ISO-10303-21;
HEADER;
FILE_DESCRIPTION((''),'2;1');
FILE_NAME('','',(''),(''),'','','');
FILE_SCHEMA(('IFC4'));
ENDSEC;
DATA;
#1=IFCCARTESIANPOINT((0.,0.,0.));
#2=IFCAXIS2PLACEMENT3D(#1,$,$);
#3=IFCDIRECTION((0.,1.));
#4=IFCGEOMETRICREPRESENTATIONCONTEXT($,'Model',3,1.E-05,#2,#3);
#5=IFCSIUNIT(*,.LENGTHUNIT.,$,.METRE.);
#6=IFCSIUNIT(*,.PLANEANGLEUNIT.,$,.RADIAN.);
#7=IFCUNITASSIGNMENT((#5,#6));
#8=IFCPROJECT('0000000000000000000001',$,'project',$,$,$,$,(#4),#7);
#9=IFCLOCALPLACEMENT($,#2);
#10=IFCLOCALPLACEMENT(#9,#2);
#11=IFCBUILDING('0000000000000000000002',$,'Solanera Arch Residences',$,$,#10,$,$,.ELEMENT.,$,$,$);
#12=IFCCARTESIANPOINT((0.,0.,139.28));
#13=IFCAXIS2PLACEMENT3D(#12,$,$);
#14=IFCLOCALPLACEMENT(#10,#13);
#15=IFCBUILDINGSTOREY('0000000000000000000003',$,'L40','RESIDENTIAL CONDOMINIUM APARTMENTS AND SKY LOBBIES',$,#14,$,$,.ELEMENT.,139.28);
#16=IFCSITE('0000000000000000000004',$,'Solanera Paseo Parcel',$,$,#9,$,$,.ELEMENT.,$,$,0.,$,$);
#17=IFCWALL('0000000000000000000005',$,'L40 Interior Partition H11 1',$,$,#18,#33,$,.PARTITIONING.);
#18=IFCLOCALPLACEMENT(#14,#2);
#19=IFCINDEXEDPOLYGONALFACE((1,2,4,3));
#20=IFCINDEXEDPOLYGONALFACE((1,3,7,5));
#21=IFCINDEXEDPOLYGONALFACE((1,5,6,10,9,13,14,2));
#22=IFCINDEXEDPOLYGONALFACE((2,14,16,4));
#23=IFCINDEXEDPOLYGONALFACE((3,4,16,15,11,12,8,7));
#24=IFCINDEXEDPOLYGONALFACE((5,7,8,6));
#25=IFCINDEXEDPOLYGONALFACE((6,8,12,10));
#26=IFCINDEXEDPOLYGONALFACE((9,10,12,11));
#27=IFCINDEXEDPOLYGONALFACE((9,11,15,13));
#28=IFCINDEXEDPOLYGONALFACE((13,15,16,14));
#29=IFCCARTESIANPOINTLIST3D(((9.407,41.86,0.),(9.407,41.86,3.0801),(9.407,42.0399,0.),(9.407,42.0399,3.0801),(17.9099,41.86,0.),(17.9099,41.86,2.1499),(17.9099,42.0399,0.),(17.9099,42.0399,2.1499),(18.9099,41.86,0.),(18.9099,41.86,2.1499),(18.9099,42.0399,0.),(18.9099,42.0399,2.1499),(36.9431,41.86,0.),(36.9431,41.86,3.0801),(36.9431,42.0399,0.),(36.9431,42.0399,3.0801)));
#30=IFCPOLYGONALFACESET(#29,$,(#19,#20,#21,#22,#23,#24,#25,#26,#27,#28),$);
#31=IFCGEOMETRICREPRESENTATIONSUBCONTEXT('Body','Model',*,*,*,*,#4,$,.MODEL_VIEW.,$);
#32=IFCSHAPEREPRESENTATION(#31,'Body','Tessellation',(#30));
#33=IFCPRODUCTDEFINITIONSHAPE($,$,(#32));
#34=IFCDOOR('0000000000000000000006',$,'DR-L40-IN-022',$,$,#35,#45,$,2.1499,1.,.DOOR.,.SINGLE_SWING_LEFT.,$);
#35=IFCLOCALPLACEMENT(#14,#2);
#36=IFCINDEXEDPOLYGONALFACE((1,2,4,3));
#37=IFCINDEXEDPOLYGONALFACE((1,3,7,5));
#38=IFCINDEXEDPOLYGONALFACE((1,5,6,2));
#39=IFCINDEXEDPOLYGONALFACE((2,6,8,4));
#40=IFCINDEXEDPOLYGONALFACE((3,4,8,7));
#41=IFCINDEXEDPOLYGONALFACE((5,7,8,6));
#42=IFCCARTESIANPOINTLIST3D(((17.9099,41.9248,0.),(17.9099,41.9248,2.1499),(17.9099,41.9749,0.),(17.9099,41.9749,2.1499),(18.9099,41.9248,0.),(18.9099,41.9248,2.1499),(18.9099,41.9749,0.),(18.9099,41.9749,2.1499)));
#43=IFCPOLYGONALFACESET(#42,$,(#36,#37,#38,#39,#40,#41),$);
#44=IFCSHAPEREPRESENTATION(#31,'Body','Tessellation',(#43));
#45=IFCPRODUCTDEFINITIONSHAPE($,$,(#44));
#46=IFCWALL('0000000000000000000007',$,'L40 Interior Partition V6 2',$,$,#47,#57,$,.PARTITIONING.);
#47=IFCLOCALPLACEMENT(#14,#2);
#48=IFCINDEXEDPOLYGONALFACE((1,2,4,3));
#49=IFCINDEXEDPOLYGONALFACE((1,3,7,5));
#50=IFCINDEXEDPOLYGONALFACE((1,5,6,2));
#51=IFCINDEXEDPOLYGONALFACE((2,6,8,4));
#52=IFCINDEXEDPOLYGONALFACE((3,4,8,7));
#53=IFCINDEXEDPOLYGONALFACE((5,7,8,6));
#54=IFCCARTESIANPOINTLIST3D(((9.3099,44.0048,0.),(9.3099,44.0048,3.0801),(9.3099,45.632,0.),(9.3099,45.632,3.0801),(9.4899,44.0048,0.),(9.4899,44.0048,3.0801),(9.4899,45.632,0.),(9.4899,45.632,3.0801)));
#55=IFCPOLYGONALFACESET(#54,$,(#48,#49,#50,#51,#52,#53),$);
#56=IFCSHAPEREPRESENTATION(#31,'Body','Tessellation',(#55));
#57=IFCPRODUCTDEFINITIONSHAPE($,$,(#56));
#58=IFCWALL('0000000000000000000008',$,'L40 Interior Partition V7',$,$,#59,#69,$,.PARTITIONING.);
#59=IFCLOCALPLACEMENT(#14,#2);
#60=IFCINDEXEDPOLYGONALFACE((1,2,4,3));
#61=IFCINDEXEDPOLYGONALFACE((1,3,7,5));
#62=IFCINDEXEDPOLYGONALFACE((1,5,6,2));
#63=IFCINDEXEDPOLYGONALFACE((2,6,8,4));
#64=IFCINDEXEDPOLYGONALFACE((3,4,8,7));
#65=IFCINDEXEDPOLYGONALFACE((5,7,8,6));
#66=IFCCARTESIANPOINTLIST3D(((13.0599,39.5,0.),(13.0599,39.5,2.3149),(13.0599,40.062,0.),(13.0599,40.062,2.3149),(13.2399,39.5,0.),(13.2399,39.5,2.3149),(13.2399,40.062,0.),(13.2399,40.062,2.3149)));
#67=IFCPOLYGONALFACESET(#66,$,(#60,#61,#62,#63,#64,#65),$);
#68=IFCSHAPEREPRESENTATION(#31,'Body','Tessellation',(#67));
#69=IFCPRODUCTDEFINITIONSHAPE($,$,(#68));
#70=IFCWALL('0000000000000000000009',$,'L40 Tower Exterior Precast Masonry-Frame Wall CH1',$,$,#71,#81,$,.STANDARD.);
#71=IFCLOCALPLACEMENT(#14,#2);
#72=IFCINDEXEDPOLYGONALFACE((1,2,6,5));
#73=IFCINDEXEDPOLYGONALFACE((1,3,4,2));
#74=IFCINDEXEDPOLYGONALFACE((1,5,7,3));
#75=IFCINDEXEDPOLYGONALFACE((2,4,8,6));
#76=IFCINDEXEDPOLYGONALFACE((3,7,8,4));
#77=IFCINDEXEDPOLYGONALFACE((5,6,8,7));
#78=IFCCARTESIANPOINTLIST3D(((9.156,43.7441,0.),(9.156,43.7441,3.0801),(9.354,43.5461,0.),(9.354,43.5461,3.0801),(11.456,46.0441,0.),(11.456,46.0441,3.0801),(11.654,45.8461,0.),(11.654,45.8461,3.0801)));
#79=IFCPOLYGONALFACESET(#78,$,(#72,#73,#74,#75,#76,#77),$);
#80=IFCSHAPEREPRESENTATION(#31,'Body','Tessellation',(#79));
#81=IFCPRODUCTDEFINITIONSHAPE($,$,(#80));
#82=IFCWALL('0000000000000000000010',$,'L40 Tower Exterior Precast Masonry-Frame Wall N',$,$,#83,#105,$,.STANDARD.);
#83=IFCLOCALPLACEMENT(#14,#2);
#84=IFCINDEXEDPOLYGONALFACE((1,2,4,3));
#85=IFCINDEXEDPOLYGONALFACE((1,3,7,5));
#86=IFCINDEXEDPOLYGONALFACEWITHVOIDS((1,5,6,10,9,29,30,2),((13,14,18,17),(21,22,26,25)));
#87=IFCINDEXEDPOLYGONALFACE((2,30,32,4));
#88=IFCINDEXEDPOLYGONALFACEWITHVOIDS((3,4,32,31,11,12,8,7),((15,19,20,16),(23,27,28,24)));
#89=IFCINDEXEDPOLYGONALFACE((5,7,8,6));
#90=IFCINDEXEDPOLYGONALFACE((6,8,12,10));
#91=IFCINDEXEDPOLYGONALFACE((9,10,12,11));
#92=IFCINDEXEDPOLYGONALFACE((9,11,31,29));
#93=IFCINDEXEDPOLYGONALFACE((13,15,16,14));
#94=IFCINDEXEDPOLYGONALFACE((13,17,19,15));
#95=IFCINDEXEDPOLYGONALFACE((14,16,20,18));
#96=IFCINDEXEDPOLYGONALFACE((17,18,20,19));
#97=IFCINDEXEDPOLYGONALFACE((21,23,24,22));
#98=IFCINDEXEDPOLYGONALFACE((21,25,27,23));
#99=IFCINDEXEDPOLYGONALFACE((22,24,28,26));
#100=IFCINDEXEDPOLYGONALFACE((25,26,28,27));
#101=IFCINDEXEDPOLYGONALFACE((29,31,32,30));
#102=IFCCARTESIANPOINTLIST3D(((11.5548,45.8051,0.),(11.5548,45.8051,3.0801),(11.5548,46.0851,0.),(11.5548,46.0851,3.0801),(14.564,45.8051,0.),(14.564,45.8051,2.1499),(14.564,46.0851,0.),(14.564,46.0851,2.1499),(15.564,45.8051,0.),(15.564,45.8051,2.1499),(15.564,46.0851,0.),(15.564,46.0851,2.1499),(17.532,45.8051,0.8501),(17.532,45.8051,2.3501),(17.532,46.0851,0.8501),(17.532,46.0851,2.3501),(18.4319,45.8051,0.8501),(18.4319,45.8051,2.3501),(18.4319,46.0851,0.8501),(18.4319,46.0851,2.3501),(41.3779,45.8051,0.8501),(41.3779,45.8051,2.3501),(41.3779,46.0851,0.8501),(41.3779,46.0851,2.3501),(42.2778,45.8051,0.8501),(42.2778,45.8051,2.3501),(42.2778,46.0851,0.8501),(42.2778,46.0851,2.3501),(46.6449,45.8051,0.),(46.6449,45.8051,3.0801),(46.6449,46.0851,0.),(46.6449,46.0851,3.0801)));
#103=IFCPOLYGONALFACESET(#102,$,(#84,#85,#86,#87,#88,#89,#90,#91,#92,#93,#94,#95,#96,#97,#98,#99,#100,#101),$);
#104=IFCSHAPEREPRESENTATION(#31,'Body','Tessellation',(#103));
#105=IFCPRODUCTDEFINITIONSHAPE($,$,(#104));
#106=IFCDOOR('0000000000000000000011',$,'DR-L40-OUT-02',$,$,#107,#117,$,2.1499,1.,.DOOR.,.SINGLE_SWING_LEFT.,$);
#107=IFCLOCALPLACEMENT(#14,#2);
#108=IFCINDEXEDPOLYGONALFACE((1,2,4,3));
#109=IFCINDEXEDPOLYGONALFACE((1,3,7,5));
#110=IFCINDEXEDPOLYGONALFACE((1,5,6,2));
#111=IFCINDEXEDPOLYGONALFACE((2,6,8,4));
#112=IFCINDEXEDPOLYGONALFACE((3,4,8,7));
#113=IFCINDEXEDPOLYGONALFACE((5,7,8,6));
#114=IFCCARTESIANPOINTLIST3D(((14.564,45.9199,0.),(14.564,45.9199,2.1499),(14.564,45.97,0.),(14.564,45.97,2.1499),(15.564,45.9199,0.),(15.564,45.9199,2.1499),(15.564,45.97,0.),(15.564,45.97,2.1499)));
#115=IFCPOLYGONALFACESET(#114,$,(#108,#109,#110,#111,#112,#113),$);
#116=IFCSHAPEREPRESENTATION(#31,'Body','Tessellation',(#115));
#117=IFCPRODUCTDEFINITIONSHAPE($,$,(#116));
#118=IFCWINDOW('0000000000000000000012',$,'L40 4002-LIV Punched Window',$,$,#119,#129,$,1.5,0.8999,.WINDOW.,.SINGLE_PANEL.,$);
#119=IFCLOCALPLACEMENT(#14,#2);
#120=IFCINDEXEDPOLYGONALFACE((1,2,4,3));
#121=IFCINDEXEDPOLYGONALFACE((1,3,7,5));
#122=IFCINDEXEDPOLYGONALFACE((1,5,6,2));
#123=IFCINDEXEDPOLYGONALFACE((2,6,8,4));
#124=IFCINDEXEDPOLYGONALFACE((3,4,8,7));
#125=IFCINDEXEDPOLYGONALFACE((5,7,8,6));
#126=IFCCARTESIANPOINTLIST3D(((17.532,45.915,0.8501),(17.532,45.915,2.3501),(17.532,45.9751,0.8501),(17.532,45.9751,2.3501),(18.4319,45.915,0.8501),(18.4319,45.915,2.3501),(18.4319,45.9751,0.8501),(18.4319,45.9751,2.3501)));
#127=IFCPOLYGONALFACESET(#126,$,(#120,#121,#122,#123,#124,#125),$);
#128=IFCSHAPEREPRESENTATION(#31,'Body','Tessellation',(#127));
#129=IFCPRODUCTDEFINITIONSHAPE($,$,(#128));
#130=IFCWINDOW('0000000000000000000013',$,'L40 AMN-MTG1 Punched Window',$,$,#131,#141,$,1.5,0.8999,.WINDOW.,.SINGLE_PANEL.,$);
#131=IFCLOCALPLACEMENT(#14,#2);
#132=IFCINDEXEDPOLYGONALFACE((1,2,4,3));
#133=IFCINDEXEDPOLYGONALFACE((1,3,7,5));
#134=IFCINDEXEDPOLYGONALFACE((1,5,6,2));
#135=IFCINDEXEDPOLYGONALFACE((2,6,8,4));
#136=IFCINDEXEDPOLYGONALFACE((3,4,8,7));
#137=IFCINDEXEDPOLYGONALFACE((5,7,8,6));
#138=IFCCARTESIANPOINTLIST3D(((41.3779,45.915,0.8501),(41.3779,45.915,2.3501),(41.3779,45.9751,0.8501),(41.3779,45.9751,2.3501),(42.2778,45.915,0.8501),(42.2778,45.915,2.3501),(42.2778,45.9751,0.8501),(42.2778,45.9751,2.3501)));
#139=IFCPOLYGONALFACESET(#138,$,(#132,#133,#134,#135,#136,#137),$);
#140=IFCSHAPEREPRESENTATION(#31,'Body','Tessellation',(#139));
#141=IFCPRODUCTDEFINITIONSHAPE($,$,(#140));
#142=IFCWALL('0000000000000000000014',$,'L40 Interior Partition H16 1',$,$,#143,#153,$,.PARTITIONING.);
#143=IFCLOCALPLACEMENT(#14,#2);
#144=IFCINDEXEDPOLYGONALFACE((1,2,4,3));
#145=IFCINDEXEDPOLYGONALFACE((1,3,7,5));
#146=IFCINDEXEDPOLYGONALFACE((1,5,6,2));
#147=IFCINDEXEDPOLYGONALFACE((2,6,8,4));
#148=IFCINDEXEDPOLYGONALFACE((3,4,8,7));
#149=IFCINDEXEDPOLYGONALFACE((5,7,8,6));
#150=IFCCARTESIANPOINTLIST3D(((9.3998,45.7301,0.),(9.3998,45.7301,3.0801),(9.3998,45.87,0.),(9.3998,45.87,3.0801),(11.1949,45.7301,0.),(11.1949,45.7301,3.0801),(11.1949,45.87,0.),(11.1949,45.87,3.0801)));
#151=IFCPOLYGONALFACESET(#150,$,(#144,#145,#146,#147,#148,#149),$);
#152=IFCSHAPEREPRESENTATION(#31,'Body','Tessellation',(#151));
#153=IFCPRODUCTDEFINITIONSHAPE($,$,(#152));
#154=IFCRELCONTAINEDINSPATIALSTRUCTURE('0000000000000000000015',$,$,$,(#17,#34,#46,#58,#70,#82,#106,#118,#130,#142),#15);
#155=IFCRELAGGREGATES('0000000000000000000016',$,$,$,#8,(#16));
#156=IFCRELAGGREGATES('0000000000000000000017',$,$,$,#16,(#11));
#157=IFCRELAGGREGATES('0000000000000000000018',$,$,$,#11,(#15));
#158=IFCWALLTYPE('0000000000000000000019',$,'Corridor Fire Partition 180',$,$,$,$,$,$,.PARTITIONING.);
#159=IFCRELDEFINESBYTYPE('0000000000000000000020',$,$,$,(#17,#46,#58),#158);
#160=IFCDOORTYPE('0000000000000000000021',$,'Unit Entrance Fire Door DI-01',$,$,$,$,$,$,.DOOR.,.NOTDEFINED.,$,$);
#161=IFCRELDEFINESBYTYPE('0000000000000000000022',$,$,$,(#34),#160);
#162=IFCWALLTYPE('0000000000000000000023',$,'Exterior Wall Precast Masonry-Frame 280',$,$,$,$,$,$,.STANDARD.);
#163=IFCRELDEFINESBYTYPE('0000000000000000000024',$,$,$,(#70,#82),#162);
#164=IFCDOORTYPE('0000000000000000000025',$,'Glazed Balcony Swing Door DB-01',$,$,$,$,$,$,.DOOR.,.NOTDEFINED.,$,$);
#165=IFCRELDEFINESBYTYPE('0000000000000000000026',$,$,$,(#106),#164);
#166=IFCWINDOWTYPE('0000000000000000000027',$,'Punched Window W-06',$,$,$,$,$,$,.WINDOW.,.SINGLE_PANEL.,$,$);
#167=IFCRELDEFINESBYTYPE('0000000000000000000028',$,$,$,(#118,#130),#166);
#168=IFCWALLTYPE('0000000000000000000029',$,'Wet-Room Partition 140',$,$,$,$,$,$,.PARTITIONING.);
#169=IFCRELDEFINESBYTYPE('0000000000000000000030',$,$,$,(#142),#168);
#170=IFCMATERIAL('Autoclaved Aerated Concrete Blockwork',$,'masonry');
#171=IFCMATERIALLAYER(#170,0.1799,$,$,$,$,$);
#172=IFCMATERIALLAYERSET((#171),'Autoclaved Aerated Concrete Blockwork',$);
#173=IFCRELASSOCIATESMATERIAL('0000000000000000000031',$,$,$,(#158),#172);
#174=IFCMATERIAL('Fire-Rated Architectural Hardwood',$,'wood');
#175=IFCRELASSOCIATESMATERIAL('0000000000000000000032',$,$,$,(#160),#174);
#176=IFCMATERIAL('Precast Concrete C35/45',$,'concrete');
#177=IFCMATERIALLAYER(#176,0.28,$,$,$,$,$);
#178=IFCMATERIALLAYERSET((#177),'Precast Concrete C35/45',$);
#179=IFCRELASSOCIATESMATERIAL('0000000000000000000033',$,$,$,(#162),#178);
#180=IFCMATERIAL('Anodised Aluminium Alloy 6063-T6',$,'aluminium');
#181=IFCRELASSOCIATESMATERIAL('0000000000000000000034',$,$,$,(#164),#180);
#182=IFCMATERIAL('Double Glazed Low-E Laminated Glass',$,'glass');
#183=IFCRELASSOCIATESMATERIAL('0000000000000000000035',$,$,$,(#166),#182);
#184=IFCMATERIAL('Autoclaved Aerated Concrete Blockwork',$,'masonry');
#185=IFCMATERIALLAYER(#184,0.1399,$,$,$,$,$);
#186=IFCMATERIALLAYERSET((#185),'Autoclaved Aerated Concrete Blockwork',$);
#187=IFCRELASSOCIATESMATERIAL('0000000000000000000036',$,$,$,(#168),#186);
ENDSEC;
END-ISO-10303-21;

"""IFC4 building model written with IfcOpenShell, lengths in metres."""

from ifc_helpers import new_model, si_unit, direction, frame, frame_2d, origin, place, context, subcontext, project, spatial, rectangle, extrude, material, layer, layer_set, type_object, element, fill, save


model = new_model("IFC4")

# Units and contexts
model_context = context("Model", 3, precision=1e-05, world=origin(), true_north=direction((0.0, 1.0)))
body_context = subcontext(model_context, "Body", "Model", "MODEL_VIEW")
ifc_project = project(units=[si_unit("LENGTHUNIT", "METRE"), si_unit("PLANEANGLEUNIT", "RADIAN")], contexts=[model_context])

# Site, building, storey
site_placement = place(None, origin())
site = spatial("IfcSite", under=ifc_project, at=site_placement, Name="Solanera Paseo Parcel", CompositionType="ELEMENT", RefElevation=0.0)
building_placement = place(site_placement, origin())
building = spatial("IfcBuilding", under=site, at=building_placement, Name="Solanera Arch Residences", CompositionType="ELEMENT")
storey_placement = place(building_placement, frame((0.0, 0.0, 139.28)))
storey = spatial("IfcBuildingStorey", under=building, at=storey_placement, Name="L40", Description="RESIDENTIAL CONDOMINIUM APARTMENTS AND SKY LOBBIES", CompositionType="ELEMENT", Elevation=139.28)

# Shared definitions
ifc_material_1 = material(Name="Autoclaved Aerated Concrete Blockwork", Category="masonry")
ifc_layer_1 = layer(ifc_material_1, 0.1799)
ifc_layer_set_1 = layer_set([ifc_layer_1], Name="Autoclaved Aerated Concrete Blockwork")
wall_type_1 = type_object("IfcWallType", Name="Corridor Fire Partition 180", PredefinedType="PARTITIONING", material=ifc_layer_set_1)

# Wall, opening, door
wall_1_placement = place(storey_placement, frame((9.407, 41.95, 0.0), z_axis=(0.0, 0.0, 1.0), x_axis=(1.0, 0.0, 0.0)))
wall_1 = element("IfcWall", 1, at=wall_1_placement, inside=storey, type_object=wall_type_1, Name="L40 Interior Partition H11 1", PredefinedType="PARTITIONING", context=body_context, shape_type="SweptSolid", body=[
    extrude(rectangle(XDim=27.5361, YDim=0.1799, at=frame_2d((13.7681, 0.0))), origin(), (0.0, 0.0, 1.0), 3.0801),
])
opening_1_placement = place(wall_1_placement, frame((8.5029, 0.0, 0.0)))
opening_1 = element("IfcOpeningElement", 2, at=opening_1_placement, cuts=wall_1, PredefinedType="OPENING", context=body_context, shape_type="SweptSolid", body=[
    extrude(rectangle(XDim=1.0, YDim=2.1499, at=frame_2d((0.5, 1.075))), frame((0.0, 0.1001, 0.0), z_axis=(0.0, -1.0, 0.0), x_axis=(1.0, 0.0, 0.0)), (0.0, 0.0, 1.0), 0.1999),
])
ifc_material_2 = material(Name="Fire-Rated Architectural Hardwood", Category="wood")
door_type_1 = type_object("IfcDoorType", Name="Unit Entrance Fire Door DI-01", OperationType="NOTDEFINED", PredefinedType="DOOR", material=ifc_material_2)
door_1_placement = place(opening_1_placement, origin())
door_1 = element("IfcDoor", 3, at=door_1_placement, inside=storey, type_object=door_type_1, Name="DR-L40-IN-022", OperationType="SINGLE_SWING_LEFT", OverallHeight=2.1499, OverallWidth=1.0, PredefinedType="DOOR", context=body_context, shape_type="SweptSolid", body=[
    extrude(rectangle(XDim=1.0, YDim=2.1499, at=frame_2d((0.5, 1.075))), frame((0.0, 0.0249, 0.0), z_axis=(0.0, -1.0, 0.0), x_axis=(1.0, 0.0, 0.0)), (0.0, 0.0, 1.0), 0.05),
])
fill(opening_1, door_1)

# Walls
wall_2_placement = place(storey_placement, frame((9.3999, 44.0049, 0.0), z_axis=(0.0, 0.0, 1.0), x_axis=(0.0, 1.0, 0.0)))
element("IfcWall", 4, at=wall_2_placement, inside=storey, type_object=wall_type_1, Name="L40 Interior Partition V6 2", PredefinedType="PARTITIONING", context=body_context, shape_type="SweptSolid", body=[
    extrude(rectangle(XDim=1.6272, YDim=0.1799, at=frame_2d((0.8135, 0.0))), origin(), (0.0, 0.0, 1.0), 3.0801),
])
wall_3_placement = place(storey_placement, frame((13.1499, 39.5, 0.0), z_axis=(0.0, 0.0, 1.0), x_axis=(0.0, 1.0, 0.0)))
element("IfcWall", 5, at=wall_3_placement, inside=storey, type_object=wall_type_1, Name="L40 Interior Partition V7", PredefinedType="PARTITIONING", context=body_context, shape_type="SweptSolid", body=[
    extrude(rectangle(XDim=0.562, YDim=0.1799, at=frame_2d((0.281, 0.0))), origin(), (0.0, 0.0, 1.0), 2.3149),
])
ifc_material_3 = material(Name="Precast Concrete C35/45", Category="concrete")
ifc_layer_2 = layer(ifc_material_3, 0.28)
ifc_layer_set_2 = layer_set([ifc_layer_2], Name="Precast Concrete C35/45")
wall_type_2 = type_object("IfcWallType", Name="Exterior Wall Precast Masonry-Frame 280", PredefinedType="STANDARD", material=ifc_layer_set_2)
wall_4_placement = place(storey_placement, frame((9.2549, 43.645, 0.0), z_axis=(0.0, 0.0, 1.0), x_axis=(0.707107, 0.707107, 0.0)))
element("IfcWall", 6, at=wall_4_placement, inside=storey, type_object=wall_type_2, Name="L40 Tower Exterior Precast Masonry-Frame Wall CH1", PredefinedType="STANDARD", context=body_context, shape_type="SweptSolid", body=[
    extrude(rectangle(XDim=3.2527, YDim=0.28, at=frame_2d((1.6265, 0.0))), origin(), (0.0, 0.0, 1.0), 3.0801),
])

# Wall, openings, door, windows
wall_5_placement = place(storey_placement, frame((11.5549, 45.9451, 0.0), z_axis=(0.0, 0.0, 1.0), x_axis=(1.0, 0.0, 0.0)))
wall_5 = element("IfcWall", 7, at=wall_5_placement, inside=storey, type_object=wall_type_2, Name="L40 Tower Exterior Precast Masonry-Frame Wall N", PredefinedType="STANDARD", context=body_context, shape_type="SweptSolid", body=[
    extrude(rectangle(XDim=35.0901, YDim=0.28, at=frame_2d((17.5449, 0.0))), origin(), (0.0, 0.0, 1.0), 3.0801),
])
opening_2_placement = place(wall_5_placement, frame((3.009, 0.0, 0.0)))
opening_2 = element("IfcOpeningElement", 8, at=opening_2_placement, cuts=wall_5, PredefinedType="OPENING", context=body_context, shape_type="SweptSolid", body=[
    extrude(rectangle(XDim=1.0, YDim=2.1499, at=frame_2d((0.5, 1.075))), frame((0.0, 0.1499, 0.0), z_axis=(0.0, -1.0, 0.0), x_axis=(1.0, 0.0, 0.0)), (0.0, 0.0, 1.0), 0.3),
])
opening_3_placement = place(wall_5_placement, frame((5.9771, 0.0, 0.8501)))
opening_3 = element("IfcOpeningElement", 9, at=opening_3_placement, cuts=wall_5, PredefinedType="OPENING", context=body_context, shape_type="SweptSolid", body=[
    extrude(rectangle(XDim=0.8999, YDim=1.5, at=frame_2d((0.45, 0.75))), frame((0.0, 0.1499, 0.0), z_axis=(0.0, -1.0, 0.0), x_axis=(1.0, 0.0, 0.0)), (0.0, 0.0, 1.0), 0.3),
])
opening_4_placement = place(wall_5_placement, frame((29.823, 0.0, 0.8501)))
opening_4 = element("IfcOpeningElement", 10, at=opening_4_placement, cuts=wall_5, PredefinedType="OPENING", context=body_context, shape_type="SweptSolid", body=[
    extrude(rectangle(XDim=0.8999, YDim=1.5, at=frame_2d((0.45, 0.75))), frame((0.0, 0.1499, 0.0), z_axis=(0.0, -1.0, 0.0), x_axis=(1.0, 0.0, 0.0)), (0.0, 0.0, 1.0), 0.3),
])
ifc_material_4 = material(Name="Anodised Aluminium Alloy 6063-T6", Category="aluminium")
door_type_2 = type_object("IfcDoorType", Name="Glazed Balcony Swing Door DB-01", OperationType="NOTDEFINED", PredefinedType="DOOR", material=ifc_material_4)
door_2_placement = place(opening_2_placement, origin())
door_2 = element("IfcDoor", 11, at=door_2_placement, inside=storey, type_object=door_type_2, Name="DR-L40-OUT-02", OperationType="SINGLE_SWING_LEFT", OverallHeight=2.1499, OverallWidth=1.0, PredefinedType="DOOR", context=body_context, shape_type="SweptSolid", body=[
    extrude(rectangle(XDim=1.0, YDim=2.1499, at=frame_2d((0.5, 1.075))), frame((0.0, 0.0249, 0.0), z_axis=(0.0, -1.0, 0.0), x_axis=(1.0, 0.0, 0.0)), (0.0, 0.0, 1.0), 0.05),
])
fill(opening_2, door_2)
ifc_material_5 = material(Name="Double Glazed Low-E Laminated Glass", Category="glass")
window_type = type_object("IfcWindowType", Name="Punched Window W-06", PartitioningType="SINGLE_PANEL", PredefinedType="WINDOW", material=ifc_material_5)
window_1_placement = place(opening_3_placement, origin())
window_1 = element("IfcWindow", 12, at=window_1_placement, inside=storey, type_object=window_type, Name="L40 4002-LIV Punched Window", OverallHeight=1.5, OverallWidth=0.8999, PartitioningType="SINGLE_PANEL", PredefinedType="WINDOW", context=body_context, shape_type="SweptSolid", body=[
    extrude(rectangle(XDim=0.8999, YDim=1.5, at=frame_2d((0.45, 0.75))), frame((0.0, 0.03, 0.0), z_axis=(0.0, -1.0, 0.0), x_axis=(1.0, 0.0, 0.0)), (0.0, 0.0, 1.0), 0.0601),
])
fill(opening_3, window_1)
window_2_placement = place(opening_4_placement, origin())
window_2 = element("IfcWindow", 13, at=window_2_placement, inside=storey, type_object=window_type, Name="L40 AMN-MTG1 Punched Window", OverallHeight=1.5, OverallWidth=0.8999, PartitioningType="SINGLE_PANEL", PredefinedType="WINDOW", context=body_context, shape_type="SweptSolid", body=[
    extrude(rectangle(XDim=0.8999, YDim=1.5, at=frame_2d((0.45, 0.75))), frame((0.0, 0.03, 0.0), z_axis=(0.0, -1.0, 0.0), x_axis=(1.0, 0.0, 0.0)), (0.0, 0.0, 1.0), 0.0601),
])
fill(opening_4, window_2)

# Wall
ifc_material_6 = material(Name="Autoclaved Aerated Concrete Blockwork", Category="masonry")
ifc_layer_3 = layer(ifc_material_6, 0.1399)
ifc_layer_set_3 = layer_set([ifc_layer_3], Name="Autoclaved Aerated Concrete Blockwork")
wall_type_3 = type_object("IfcWallType", Name="Wet-Room Partition 140", PredefinedType="PARTITIONING", material=ifc_layer_set_3)
wall_6_placement = place(storey_placement, frame((9.3999, 45.8, 0.0), z_axis=(0.0, 0.0, 1.0), x_axis=(1.0, 0.0, 0.0)))
element("IfcWall", 14, at=wall_6_placement, inside=storey, type_object=wall_type_3, Name="L40 Interior Partition H16 1", PredefinedType="PARTITIONING", context=body_context, shape_type="SweptSolid", body=[
    extrude(rectangle(XDim=1.7952, YDim=0.1399, at=frame_2d((0.8975, 0.0))), origin(), (0.0, 0.0, 1.0), 3.0801),
])

save(model, "model.ifc")
